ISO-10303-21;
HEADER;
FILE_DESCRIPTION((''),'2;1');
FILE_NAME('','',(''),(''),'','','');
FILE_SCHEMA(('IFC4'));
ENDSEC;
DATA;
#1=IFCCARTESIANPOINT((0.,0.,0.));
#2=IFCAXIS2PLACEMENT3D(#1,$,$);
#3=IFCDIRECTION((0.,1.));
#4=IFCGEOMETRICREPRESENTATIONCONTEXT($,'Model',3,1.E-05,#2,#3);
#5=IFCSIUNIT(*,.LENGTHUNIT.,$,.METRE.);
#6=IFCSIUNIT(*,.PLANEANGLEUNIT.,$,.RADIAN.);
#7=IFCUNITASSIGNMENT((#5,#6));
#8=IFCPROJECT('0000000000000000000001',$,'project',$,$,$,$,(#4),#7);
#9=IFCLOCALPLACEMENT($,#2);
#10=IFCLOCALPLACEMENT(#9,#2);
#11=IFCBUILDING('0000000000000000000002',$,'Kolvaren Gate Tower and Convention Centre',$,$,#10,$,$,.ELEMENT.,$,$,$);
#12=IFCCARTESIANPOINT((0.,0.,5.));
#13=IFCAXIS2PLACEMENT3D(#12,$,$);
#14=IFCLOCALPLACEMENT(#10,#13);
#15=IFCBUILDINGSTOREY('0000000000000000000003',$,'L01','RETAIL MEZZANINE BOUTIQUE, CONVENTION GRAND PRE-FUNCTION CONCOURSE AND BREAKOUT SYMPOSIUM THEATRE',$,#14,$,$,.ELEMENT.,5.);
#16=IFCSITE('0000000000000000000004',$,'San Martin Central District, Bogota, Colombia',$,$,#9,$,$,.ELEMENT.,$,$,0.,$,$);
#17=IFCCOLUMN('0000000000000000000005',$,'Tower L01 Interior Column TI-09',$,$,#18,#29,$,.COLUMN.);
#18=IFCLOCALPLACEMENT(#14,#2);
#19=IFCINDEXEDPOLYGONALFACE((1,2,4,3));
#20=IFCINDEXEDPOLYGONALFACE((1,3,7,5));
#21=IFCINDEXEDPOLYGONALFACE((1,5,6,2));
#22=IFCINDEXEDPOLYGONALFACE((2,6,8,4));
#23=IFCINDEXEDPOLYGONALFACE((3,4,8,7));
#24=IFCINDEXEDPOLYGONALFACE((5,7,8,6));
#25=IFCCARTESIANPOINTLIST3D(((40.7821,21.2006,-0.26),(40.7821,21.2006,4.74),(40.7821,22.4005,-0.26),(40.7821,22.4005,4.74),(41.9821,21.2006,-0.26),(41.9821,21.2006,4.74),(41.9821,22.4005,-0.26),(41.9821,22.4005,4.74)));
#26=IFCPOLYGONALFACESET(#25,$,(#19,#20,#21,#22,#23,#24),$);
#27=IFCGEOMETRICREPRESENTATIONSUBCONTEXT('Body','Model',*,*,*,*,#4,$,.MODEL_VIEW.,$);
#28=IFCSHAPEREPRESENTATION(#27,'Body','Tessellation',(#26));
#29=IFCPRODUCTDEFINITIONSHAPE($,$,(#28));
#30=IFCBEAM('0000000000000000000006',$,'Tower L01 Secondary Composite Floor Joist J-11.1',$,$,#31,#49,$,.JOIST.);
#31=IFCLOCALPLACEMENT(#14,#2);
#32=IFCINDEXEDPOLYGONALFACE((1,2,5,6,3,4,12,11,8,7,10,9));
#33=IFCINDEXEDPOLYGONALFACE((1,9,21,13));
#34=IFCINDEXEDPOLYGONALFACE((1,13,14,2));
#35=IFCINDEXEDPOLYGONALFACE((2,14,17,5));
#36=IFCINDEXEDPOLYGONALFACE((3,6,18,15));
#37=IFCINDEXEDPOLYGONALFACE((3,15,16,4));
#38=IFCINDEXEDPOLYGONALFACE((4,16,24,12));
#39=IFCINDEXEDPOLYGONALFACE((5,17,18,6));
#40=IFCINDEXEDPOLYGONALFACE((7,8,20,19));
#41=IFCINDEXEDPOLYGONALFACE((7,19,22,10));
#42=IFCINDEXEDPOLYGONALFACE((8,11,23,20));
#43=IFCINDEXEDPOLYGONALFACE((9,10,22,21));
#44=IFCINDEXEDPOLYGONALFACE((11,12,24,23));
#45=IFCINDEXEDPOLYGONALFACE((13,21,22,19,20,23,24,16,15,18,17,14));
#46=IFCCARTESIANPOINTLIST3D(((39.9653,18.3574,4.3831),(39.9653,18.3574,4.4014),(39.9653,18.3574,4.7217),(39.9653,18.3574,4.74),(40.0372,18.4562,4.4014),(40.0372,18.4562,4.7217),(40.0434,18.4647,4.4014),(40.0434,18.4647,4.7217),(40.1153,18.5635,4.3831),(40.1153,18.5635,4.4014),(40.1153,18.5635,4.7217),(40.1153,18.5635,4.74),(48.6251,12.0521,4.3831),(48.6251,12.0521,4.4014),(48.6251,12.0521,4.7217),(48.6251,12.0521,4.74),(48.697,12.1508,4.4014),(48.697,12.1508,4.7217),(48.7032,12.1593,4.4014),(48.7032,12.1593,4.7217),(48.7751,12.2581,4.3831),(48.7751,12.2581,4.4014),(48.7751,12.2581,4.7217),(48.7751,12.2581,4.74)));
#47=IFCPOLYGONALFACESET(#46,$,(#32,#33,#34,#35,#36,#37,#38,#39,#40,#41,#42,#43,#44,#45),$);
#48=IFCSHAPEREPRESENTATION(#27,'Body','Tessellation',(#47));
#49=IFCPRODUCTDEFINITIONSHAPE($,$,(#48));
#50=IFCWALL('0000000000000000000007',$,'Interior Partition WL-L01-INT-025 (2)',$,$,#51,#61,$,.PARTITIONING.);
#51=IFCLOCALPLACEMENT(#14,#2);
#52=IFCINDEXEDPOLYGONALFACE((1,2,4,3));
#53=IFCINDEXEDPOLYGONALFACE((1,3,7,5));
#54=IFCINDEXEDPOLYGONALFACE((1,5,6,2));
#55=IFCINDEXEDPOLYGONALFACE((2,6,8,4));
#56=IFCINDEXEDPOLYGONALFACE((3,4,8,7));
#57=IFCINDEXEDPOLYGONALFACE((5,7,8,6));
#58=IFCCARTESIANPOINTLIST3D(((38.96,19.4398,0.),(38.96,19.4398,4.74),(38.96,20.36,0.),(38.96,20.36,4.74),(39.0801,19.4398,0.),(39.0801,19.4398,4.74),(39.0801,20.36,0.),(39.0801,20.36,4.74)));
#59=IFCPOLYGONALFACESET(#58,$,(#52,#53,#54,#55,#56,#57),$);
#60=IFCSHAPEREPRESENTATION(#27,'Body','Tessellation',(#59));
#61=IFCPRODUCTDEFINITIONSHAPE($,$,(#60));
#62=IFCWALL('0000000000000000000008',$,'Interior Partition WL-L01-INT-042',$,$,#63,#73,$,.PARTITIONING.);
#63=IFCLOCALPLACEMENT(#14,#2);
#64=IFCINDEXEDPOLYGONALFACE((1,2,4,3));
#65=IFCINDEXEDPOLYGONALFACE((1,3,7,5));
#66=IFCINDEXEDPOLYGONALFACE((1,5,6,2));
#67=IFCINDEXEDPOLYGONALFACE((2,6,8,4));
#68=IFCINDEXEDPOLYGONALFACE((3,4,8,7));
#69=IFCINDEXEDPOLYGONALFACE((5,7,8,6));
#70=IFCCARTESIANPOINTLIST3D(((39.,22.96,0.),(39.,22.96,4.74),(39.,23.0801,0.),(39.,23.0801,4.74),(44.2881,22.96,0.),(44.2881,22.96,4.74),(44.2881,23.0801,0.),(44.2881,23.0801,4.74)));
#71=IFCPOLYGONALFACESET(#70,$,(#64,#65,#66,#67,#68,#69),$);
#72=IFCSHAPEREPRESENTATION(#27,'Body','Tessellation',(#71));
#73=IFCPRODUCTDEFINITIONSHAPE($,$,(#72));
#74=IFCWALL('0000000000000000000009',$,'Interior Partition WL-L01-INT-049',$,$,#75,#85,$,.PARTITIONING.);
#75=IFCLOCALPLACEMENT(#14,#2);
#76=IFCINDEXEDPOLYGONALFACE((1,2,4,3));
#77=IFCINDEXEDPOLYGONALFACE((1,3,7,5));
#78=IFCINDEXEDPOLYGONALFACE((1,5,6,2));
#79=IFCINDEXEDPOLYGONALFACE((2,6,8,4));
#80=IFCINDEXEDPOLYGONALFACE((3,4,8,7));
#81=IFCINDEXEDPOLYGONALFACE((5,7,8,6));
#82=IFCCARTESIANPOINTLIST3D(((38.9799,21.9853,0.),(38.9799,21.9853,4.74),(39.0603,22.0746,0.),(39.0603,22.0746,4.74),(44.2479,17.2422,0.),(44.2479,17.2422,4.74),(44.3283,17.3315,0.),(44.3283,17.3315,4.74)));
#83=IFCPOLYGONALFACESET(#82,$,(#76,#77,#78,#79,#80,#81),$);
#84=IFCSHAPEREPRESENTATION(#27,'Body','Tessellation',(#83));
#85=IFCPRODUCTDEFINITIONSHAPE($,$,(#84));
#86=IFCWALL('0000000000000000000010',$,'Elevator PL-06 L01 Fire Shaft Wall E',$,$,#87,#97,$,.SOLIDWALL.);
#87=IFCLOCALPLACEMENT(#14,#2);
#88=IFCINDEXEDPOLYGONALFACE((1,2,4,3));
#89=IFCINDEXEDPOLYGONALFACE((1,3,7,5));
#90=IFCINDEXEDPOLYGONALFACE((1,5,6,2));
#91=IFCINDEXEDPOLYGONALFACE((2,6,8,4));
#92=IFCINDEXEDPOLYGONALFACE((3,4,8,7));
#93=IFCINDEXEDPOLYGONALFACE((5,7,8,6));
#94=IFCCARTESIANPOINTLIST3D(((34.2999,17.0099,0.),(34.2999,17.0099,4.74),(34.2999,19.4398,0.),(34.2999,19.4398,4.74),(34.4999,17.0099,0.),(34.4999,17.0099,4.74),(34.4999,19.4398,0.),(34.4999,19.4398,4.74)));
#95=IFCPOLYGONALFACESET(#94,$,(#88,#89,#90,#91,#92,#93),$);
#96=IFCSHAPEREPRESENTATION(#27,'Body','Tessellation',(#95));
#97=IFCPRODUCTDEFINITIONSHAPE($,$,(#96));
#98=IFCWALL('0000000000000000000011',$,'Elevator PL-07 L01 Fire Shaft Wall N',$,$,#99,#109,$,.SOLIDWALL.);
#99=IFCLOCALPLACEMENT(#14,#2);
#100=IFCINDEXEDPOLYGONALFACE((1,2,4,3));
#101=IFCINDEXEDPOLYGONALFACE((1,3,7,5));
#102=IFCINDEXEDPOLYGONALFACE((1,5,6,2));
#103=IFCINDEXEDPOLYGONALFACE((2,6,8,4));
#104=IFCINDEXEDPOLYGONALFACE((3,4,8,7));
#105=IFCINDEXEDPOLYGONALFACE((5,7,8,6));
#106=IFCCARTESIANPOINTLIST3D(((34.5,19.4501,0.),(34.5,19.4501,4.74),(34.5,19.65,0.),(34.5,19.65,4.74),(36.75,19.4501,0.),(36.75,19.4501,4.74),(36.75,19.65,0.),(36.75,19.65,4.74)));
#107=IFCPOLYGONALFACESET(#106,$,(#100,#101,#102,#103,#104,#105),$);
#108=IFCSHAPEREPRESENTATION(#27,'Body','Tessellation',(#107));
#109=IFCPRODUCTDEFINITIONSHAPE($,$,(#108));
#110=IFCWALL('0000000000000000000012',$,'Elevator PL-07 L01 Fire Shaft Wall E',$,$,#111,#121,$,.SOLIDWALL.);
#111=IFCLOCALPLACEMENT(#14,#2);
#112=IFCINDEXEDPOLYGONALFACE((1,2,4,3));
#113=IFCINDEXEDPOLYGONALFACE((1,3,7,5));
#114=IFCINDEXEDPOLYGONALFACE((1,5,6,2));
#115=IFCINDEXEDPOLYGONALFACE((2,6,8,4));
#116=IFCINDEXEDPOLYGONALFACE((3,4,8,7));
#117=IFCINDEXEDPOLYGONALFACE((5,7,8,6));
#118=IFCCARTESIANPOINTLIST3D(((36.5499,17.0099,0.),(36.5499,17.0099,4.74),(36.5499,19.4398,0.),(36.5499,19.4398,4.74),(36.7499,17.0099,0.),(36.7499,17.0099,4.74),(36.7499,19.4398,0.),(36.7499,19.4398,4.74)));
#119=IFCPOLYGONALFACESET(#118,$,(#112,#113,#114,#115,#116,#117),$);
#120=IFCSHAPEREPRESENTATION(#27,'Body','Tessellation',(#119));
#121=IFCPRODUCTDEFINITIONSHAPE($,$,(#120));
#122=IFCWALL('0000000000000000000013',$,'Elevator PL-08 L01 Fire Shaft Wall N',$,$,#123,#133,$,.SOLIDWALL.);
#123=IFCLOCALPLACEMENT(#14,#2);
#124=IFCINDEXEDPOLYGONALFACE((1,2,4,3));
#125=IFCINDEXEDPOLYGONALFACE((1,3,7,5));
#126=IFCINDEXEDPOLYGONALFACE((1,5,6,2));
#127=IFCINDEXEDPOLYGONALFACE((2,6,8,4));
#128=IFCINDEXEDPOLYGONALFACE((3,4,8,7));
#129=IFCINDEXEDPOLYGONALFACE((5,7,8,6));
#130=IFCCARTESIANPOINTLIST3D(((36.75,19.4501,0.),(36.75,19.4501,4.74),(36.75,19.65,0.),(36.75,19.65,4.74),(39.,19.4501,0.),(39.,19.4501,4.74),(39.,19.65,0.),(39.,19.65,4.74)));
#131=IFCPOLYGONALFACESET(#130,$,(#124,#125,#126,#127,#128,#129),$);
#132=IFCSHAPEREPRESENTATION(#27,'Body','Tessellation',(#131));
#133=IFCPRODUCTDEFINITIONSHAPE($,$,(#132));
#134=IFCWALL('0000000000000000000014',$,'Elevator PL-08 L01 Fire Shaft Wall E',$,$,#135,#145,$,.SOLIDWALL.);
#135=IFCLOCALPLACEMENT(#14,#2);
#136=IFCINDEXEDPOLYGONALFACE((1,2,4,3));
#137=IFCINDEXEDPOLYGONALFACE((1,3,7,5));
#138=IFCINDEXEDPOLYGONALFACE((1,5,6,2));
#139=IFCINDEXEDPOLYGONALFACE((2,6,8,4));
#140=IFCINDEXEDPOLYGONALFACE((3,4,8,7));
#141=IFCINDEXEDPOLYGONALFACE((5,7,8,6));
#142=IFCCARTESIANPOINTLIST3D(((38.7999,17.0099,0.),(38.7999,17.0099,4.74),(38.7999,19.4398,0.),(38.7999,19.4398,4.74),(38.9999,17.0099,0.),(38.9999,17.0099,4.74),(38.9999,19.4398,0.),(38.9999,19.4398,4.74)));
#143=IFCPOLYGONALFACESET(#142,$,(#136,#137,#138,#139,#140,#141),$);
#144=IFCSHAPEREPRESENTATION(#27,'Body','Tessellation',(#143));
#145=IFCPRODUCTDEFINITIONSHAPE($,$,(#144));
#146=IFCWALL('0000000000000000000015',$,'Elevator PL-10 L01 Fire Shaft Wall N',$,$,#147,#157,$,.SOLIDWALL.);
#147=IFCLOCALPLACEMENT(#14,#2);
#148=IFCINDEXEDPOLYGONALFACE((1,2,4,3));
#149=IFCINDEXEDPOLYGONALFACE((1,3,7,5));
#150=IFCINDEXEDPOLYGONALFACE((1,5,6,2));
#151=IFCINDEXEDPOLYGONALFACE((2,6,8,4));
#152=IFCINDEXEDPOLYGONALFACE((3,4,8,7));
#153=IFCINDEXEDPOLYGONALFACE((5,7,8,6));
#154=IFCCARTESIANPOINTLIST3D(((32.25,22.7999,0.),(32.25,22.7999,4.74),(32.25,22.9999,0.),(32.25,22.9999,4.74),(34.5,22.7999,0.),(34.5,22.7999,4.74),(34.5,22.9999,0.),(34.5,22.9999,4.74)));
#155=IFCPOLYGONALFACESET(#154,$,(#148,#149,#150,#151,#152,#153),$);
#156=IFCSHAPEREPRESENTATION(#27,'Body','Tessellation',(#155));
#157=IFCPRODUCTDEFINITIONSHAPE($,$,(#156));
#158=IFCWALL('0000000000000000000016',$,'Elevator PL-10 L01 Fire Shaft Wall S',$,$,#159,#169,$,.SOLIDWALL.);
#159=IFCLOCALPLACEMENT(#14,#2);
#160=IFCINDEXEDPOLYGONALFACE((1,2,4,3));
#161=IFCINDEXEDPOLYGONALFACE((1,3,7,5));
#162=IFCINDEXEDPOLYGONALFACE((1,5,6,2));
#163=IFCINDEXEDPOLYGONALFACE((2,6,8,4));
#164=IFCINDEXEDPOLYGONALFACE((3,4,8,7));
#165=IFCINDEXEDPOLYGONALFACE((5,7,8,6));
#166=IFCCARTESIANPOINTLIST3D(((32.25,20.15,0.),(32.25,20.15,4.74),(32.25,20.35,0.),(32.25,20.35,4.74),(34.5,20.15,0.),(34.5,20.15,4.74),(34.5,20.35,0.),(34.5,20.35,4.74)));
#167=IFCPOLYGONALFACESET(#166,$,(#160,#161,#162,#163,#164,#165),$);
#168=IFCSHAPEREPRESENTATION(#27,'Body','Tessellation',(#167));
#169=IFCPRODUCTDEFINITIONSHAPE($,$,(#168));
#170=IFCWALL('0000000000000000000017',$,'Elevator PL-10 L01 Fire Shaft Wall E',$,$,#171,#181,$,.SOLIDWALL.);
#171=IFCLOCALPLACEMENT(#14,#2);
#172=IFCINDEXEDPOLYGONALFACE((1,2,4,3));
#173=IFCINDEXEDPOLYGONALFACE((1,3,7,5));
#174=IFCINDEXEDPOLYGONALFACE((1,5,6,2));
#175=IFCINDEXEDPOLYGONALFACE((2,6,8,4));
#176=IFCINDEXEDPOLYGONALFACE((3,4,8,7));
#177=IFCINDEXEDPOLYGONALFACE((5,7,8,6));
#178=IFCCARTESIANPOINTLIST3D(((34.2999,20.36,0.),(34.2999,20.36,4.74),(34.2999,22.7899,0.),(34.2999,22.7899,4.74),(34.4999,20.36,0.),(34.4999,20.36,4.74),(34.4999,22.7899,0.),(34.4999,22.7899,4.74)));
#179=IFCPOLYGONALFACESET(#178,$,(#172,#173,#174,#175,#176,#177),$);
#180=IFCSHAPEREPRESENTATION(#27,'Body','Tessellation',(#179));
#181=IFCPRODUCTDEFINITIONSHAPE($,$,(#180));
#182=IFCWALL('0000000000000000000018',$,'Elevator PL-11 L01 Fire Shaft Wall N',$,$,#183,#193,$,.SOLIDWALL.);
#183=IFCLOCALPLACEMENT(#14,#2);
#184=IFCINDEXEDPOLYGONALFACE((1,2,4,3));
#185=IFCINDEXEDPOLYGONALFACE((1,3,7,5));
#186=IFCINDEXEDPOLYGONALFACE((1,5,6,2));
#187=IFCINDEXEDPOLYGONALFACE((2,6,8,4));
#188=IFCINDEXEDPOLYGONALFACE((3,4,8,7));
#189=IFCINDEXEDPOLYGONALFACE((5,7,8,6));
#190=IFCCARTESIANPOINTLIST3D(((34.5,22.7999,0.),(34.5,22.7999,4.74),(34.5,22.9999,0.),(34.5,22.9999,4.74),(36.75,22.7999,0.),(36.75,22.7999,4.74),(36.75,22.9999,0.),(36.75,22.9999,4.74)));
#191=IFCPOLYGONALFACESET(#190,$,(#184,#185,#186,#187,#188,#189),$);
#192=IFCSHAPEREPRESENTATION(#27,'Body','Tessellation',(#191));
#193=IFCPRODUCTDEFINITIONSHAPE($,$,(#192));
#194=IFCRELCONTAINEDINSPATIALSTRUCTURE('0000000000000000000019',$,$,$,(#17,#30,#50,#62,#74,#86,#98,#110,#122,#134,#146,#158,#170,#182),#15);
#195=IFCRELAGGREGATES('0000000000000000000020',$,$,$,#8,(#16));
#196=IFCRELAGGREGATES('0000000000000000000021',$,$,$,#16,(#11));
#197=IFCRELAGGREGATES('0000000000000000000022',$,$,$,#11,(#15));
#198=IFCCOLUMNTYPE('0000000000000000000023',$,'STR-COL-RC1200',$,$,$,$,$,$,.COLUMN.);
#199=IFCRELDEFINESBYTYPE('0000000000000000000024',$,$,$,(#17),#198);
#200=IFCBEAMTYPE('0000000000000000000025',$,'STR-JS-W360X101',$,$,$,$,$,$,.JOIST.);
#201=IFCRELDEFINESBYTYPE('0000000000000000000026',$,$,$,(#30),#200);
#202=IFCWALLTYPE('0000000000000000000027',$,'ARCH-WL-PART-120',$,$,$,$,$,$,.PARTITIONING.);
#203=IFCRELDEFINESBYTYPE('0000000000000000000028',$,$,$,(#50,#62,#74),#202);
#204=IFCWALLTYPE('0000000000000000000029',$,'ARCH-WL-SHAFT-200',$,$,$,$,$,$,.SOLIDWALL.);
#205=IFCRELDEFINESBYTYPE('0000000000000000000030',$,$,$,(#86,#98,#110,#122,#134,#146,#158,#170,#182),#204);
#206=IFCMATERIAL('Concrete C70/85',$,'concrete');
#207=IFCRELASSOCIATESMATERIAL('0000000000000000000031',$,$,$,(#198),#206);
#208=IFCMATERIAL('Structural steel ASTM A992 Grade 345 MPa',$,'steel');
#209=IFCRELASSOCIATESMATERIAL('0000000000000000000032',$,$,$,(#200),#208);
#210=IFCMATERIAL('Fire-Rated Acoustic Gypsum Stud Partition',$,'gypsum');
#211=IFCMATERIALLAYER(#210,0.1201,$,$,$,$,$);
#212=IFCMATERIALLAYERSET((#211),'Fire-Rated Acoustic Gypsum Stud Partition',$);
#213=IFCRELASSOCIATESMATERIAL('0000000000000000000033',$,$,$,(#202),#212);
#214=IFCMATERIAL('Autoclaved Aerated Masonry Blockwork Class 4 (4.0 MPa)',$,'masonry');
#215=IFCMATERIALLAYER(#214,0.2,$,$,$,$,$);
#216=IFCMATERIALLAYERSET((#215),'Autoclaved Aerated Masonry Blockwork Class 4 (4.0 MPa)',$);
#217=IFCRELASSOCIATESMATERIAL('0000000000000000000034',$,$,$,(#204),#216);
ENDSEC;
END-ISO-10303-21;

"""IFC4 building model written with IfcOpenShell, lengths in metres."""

from ifc_helpers import new_model, si_unit, direction, frame, frame_2d, origin, origin_2d, place, context, subcontext, project, spatial, rectangle, i_section, extrude, material, layer, layer_set, material_profile, profile_set, type_object, element, save


model = new_model("IFC4")

# Units and contexts
model_context = context("Model", 3, precision=1e-05, world=origin(), true_north=direction((0.0, 1.0)))
body_context = subcontext(model_context, "Body", "Model", "MODEL_VIEW")
ifc_project = project(units=[si_unit("LENGTHUNIT", "METRE"), si_unit("PLANEANGLEUNIT", "RADIAN")], contexts=[model_context])

# Site, building, storey
site_placement = place(None, origin())
site = spatial("IfcSite", under=ifc_project, at=site_placement, Name="San Martin Central District, Bogota, Colombia", CompositionType="ELEMENT", RefElevation=0.0)
building_placement = place(site_placement, origin())
building = spatial("IfcBuilding", under=site, at=building_placement, Name="Kolvaren Gate Tower and Convention Centre", CompositionType="ELEMENT")
storey_placement = place(building_placement, frame((0.0, 0.0, 5.0)))
storey = spatial("IfcBuildingStorey", under=building, at=storey_placement, Name="L01", Description="RETAIL MEZZANINE BOUTIQUE, CONVENTION GRAND PRE-FUNCTION CONCOURSE AND BREAKOUT SYMPOSIUM THEATRE", CompositionType="ELEMENT", Elevation=5.0)

# Column
ifc_material_1 = material(Name="Concrete C70/85", Category="concrete")
ifc_material_profile_1 = material_profile(ifc_material_1, rectangle(XDim=1.2, YDim=1.2, at=origin_2d()), Name="RC-COL-1200X1200")
ifc_profile_set_1 = profile_set([ifc_material_profile_1], Name="Concrete C70/85")
column_type = type_object("IfcColumnType", Name="STR-COL-RC1200", PredefinedType="COLUMN", material=ifc_profile_set_1)
column_placement = place(storey_placement, frame((41.3821, 21.8005, -0.26), z_axis=(0.0, 0.0, 1.0), x_axis=(1.0, 0.0, 0.0)))
element("IfcColumn", 1, at=column_placement, inside=storey, type_object=column_type, Name="Tower L01 Interior Column TI-09", PredefinedType="COLUMN", context=body_context, shape_type="SweptSolid", body=[
    extrude(rectangle(XDim=1.2, YDim=1.2, at=origin_2d()), origin(), (0.0, 0.0, 1.0), 5.0),
])

# Beam
ifc_material_2 = material(Name="Structural steel ASTM A992 Grade 345 MPa", Category="steel")
ifc_material_profile_2 = material_profile(ifc_material_2, i_section(OverallWidth=0.2549, OverallDepth=0.3569, WebThickness=0.0105, FlangeThickness=0.0183, at=origin_2d()), Name="W360X101")
ifc_profile_set_2 = profile_set([ifc_material_profile_2], Name="Structural steel ASTM A992 Grade 345 MPa")
beam_type = type_object("IfcBeamType", Name="STR-JS-W360X101", PredefinedType="JOIST", material=ifc_profile_set_2)
beam_placement = place(storey_placement, frame((40.0403, 18.4604, 4.5615), z_axis=(0.808412, -0.588617, 0.0), x_axis=(0.588617, 0.808412, 0.0)))
element("IfcBeam", 2, at=beam_placement, inside=storey, type_object=beam_type, Name="Tower L01 Secondary Composite Floor Joist J-11.1", PredefinedType="JOIST", context=body_context, shape_type="SweptSolid", body=[
    extrude(i_section(OverallWidth=0.2549, OverallDepth=0.3569, WebThickness=0.0105, FlangeThickness=0.0183, at=origin_2d()), origin(), (0.0, 0.0, 1.0), 10.7122),
])

# Walls
ifc_material_3 = material(Name="Fire-Rated Acoustic Gypsum Stud Partition", Category="gypsum")
ifc_layer_1 = layer(ifc_material_3, 0.1201)
ifc_layer_set_1 = layer_set([ifc_layer_1], Name="Fire-Rated Acoustic Gypsum Stud Partition")
wall_type_1 = type_object("IfcWallType", Name="ARCH-WL-PART-120", PredefinedType="PARTITIONING", material=ifc_layer_set_1)
wall_1_placement = place(storey_placement, frame((39.02, 19.4399, 0.0), z_axis=(0.0, 0.0, 1.0), x_axis=(0.0, 1.0, 0.0)))
element("IfcWall", 3, at=wall_1_placement, inside=storey, type_object=wall_type_1, Name="Interior Partition WL-L01-INT-025 (2)", PredefinedType="PARTITIONING", context=body_context, shape_type="SweptSolid", body=[
    extrude(rectangle(XDim=0.9202, YDim=0.1201, at=frame_2d((0.46, 0.0))), origin(), (0.0, 0.0, 1.0), 4.74),
])
wall_2_placement = place(storey_placement, frame((39.0, 23.02, 0.0), z_axis=(0.0, 0.0, 1.0), x_axis=(1.0, 0.0, 0.0)))
element("IfcWall", 4, at=wall_2_placement, inside=storey, type_object=wall_type_1, Name="Interior Partition WL-L01-INT-042", PredefinedType="PARTITIONING", context=body_context, shape_type="SweptSolid", body=[
    extrude(rectangle(XDim=5.2881, YDim=0.1201, at=frame_2d((2.644, 0.0))), origin(), (0.0, 0.0, 1.0), 4.74),
])
wall_3_placement = place(storey_placement, frame((39.02, 22.03, 0.0), z_axis=(0.0, 0.0, 1.0), x_axis=(0.743161, -0.669113, 0.0)))
element("IfcWall", 5, at=wall_3_placement, inside=storey, type_object=wall_type_1, Name="Interior Partition WL-L01-INT-049", PredefinedType="PARTITIONING", context=body_context, shape_type="SweptSolid", body=[
    extrude(rectangle(XDim=7.0886, YDim=0.1201, at=frame_2d((3.5444, 0.0))), origin(), (0.0, 0.0, 1.0), 4.74),
])
ifc_material_4 = material(Name="Autoclaved Aerated Masonry Blockwork Class 4 (4.0 MPa)", Category="masonry")
ifc_layer_2 = layer(ifc_material_4, 0.2)
ifc_layer_set_2 = layer_set([ifc_layer_2], Name="Autoclaved Aerated Masonry Blockwork Class 4 (4.0 MPa)")
wall_type_2 = type_object("IfcWallType", Name="ARCH-WL-SHAFT-200", PredefinedType="SOLIDWALL", material=ifc_layer_set_2)
wall_4_placement = place(storey_placement, frame((34.3999, 17.01, 0.0), z_axis=(0.0, 0.0, 1.0), x_axis=(0.0, 1.0, 0.0)))
element("IfcWall", 6, at=wall_4_placement, inside=storey, type_object=wall_type_2, Name="Elevator PL-06 L01 Fire Shaft Wall E", PredefinedType="SOLIDWALL", context=body_context, shape_type="SweptSolid", body=[
    extrude(rectangle(XDim=2.4299, YDim=0.2, at=frame_2d((1.2148, 0.0))), origin(), (0.0, 0.0, 1.0), 4.74),
])
wall_5_placement = place(storey_placement, frame((34.5, 19.55, 0.0), z_axis=(0.0, 0.0, 1.0), x_axis=(1.0, 0.0, 0.0)))
element("IfcWall", 7, at=wall_5_placement, inside=storey, type_object=wall_type_2, Name="Elevator PL-07 L01 Fire Shaft Wall N", PredefinedType="SOLIDWALL", context=body_context, shape_type="SweptSolid", body=[
    extrude(rectangle(XDim=2.25, YDim=0.2, at=frame_2d((1.125, 0.0))), origin(), (0.0, 0.0, 1.0), 4.74),
])
wall_6_placement = place(storey_placement, frame((36.6499, 17.01, 0.0), z_axis=(0.0, 0.0, 1.0), x_axis=(0.0, 1.0, 0.0)))
element("IfcWall", 8, at=wall_6_placement, inside=storey, type_object=wall_type_2, Name="Elevator PL-07 L01 Fire Shaft Wall E", PredefinedType="SOLIDWALL", context=body_context, shape_type="SweptSolid", body=[
    extrude(rectangle(XDim=2.4299, YDim=0.2, at=frame_2d((1.2148, 0.0))), origin(), (0.0, 0.0, 1.0), 4.74),
])
wall_7_placement = place(storey_placement, frame((36.75, 19.55, 0.0), z_axis=(0.0, 0.0, 1.0), x_axis=(1.0, 0.0, 0.0)))
element("IfcWall", 9, at=wall_7_placement, inside=storey, type_object=wall_type_2, Name="Elevator PL-08 L01 Fire Shaft Wall N", PredefinedType="SOLIDWALL", context=body_context, shape_type="SweptSolid", body=[
    extrude(rectangle(XDim=2.25, YDim=0.2, at=frame_2d((1.125, 0.0))), origin(), (0.0, 0.0, 1.0), 4.74),
])
wall_8_placement = place(storey_placement, frame((38.8999, 17.01, 0.0), z_axis=(0.0, 0.0, 1.0), x_axis=(0.0, 1.0, 0.0)))
element("IfcWall", 10, at=wall_8_placement, inside=storey, type_object=wall_type_2, Name="Elevator PL-08 L01 Fire Shaft Wall E", PredefinedType="SOLIDWALL", context=body_context, shape_type="SweptSolid", body=[
    extrude(rectangle(XDim=2.4299, YDim=0.2, at=frame_2d((1.2148, 0.0))), origin(), (0.0, 0.0, 1.0), 4.74),
])
for number, where, z_axis, x_axis, name in (
    (11, (32.25, 22.8999, 0.0), (0.0, 0.0, 1.0), (1.0, 0.0, 0.0), "Elevator PL-10 L01 Fire Shaft Wall N"),
    (12, (32.25, 20.25, 0.0), (0.0, 0.0, 1.0), (1.0, 0.0, 0.0), "Elevator PL-10 L01 Fire Shaft Wall S"),
):
    element("IfcWall", number, at=place(storey_placement, frame(where, z_axis=z_axis, x_axis=x_axis)), inside=storey, type_object=wall_type_2, Name=name, PredefinedType="SOLIDWALL", context=body_context, shape_type="SweptSolid", body=[
        extrude(rectangle(XDim=2.25, YDim=0.2, at=frame_2d((1.125, 0.0))), origin(), (0.0, 0.0, 1.0), 4.74),
    ])
wall_9_placement = place(storey_placement, frame((34.3999, 20.3601, 0.0), z_axis=(0.0, 0.0, 1.0), x_axis=(0.0, 1.0, 0.0)))
element("IfcWall", 13, at=wall_9_placement, inside=storey, type_object=wall_type_2, Name="Elevator PL-10 L01 Fire Shaft Wall E", PredefinedType="SOLIDWALL", context=body_context, shape_type="SweptSolid", body=[
    extrude(rectangle(XDim=2.4299, YDim=0.2, at=frame_2d((1.2148, 0.0))), origin(), (0.0, 0.0, 1.0), 4.74),
])
for number, where, z_axis, x_axis, name in (
    (14, (34.5, 22.8999, 0.0), (0.0, 0.0, 1.0), (1.0, 0.0, 0.0), "Elevator PL-11 L01 Fire Shaft Wall N"),
):
    element("IfcWall", number, at=place(storey_placement, frame(where, z_axis=z_axis, x_axis=x_axis)), inside=storey, type_object=wall_type_2, Name=name, PredefinedType="SOLIDWALL", context=body_context, shape_type="SweptSolid", body=[
        extrude(rectangle(XDim=2.25, YDim=0.2, at=frame_2d((1.125, 0.0))), origin(), (0.0, 0.0, 1.0), 4.74),
    ])

save(model, "model.ifc")
